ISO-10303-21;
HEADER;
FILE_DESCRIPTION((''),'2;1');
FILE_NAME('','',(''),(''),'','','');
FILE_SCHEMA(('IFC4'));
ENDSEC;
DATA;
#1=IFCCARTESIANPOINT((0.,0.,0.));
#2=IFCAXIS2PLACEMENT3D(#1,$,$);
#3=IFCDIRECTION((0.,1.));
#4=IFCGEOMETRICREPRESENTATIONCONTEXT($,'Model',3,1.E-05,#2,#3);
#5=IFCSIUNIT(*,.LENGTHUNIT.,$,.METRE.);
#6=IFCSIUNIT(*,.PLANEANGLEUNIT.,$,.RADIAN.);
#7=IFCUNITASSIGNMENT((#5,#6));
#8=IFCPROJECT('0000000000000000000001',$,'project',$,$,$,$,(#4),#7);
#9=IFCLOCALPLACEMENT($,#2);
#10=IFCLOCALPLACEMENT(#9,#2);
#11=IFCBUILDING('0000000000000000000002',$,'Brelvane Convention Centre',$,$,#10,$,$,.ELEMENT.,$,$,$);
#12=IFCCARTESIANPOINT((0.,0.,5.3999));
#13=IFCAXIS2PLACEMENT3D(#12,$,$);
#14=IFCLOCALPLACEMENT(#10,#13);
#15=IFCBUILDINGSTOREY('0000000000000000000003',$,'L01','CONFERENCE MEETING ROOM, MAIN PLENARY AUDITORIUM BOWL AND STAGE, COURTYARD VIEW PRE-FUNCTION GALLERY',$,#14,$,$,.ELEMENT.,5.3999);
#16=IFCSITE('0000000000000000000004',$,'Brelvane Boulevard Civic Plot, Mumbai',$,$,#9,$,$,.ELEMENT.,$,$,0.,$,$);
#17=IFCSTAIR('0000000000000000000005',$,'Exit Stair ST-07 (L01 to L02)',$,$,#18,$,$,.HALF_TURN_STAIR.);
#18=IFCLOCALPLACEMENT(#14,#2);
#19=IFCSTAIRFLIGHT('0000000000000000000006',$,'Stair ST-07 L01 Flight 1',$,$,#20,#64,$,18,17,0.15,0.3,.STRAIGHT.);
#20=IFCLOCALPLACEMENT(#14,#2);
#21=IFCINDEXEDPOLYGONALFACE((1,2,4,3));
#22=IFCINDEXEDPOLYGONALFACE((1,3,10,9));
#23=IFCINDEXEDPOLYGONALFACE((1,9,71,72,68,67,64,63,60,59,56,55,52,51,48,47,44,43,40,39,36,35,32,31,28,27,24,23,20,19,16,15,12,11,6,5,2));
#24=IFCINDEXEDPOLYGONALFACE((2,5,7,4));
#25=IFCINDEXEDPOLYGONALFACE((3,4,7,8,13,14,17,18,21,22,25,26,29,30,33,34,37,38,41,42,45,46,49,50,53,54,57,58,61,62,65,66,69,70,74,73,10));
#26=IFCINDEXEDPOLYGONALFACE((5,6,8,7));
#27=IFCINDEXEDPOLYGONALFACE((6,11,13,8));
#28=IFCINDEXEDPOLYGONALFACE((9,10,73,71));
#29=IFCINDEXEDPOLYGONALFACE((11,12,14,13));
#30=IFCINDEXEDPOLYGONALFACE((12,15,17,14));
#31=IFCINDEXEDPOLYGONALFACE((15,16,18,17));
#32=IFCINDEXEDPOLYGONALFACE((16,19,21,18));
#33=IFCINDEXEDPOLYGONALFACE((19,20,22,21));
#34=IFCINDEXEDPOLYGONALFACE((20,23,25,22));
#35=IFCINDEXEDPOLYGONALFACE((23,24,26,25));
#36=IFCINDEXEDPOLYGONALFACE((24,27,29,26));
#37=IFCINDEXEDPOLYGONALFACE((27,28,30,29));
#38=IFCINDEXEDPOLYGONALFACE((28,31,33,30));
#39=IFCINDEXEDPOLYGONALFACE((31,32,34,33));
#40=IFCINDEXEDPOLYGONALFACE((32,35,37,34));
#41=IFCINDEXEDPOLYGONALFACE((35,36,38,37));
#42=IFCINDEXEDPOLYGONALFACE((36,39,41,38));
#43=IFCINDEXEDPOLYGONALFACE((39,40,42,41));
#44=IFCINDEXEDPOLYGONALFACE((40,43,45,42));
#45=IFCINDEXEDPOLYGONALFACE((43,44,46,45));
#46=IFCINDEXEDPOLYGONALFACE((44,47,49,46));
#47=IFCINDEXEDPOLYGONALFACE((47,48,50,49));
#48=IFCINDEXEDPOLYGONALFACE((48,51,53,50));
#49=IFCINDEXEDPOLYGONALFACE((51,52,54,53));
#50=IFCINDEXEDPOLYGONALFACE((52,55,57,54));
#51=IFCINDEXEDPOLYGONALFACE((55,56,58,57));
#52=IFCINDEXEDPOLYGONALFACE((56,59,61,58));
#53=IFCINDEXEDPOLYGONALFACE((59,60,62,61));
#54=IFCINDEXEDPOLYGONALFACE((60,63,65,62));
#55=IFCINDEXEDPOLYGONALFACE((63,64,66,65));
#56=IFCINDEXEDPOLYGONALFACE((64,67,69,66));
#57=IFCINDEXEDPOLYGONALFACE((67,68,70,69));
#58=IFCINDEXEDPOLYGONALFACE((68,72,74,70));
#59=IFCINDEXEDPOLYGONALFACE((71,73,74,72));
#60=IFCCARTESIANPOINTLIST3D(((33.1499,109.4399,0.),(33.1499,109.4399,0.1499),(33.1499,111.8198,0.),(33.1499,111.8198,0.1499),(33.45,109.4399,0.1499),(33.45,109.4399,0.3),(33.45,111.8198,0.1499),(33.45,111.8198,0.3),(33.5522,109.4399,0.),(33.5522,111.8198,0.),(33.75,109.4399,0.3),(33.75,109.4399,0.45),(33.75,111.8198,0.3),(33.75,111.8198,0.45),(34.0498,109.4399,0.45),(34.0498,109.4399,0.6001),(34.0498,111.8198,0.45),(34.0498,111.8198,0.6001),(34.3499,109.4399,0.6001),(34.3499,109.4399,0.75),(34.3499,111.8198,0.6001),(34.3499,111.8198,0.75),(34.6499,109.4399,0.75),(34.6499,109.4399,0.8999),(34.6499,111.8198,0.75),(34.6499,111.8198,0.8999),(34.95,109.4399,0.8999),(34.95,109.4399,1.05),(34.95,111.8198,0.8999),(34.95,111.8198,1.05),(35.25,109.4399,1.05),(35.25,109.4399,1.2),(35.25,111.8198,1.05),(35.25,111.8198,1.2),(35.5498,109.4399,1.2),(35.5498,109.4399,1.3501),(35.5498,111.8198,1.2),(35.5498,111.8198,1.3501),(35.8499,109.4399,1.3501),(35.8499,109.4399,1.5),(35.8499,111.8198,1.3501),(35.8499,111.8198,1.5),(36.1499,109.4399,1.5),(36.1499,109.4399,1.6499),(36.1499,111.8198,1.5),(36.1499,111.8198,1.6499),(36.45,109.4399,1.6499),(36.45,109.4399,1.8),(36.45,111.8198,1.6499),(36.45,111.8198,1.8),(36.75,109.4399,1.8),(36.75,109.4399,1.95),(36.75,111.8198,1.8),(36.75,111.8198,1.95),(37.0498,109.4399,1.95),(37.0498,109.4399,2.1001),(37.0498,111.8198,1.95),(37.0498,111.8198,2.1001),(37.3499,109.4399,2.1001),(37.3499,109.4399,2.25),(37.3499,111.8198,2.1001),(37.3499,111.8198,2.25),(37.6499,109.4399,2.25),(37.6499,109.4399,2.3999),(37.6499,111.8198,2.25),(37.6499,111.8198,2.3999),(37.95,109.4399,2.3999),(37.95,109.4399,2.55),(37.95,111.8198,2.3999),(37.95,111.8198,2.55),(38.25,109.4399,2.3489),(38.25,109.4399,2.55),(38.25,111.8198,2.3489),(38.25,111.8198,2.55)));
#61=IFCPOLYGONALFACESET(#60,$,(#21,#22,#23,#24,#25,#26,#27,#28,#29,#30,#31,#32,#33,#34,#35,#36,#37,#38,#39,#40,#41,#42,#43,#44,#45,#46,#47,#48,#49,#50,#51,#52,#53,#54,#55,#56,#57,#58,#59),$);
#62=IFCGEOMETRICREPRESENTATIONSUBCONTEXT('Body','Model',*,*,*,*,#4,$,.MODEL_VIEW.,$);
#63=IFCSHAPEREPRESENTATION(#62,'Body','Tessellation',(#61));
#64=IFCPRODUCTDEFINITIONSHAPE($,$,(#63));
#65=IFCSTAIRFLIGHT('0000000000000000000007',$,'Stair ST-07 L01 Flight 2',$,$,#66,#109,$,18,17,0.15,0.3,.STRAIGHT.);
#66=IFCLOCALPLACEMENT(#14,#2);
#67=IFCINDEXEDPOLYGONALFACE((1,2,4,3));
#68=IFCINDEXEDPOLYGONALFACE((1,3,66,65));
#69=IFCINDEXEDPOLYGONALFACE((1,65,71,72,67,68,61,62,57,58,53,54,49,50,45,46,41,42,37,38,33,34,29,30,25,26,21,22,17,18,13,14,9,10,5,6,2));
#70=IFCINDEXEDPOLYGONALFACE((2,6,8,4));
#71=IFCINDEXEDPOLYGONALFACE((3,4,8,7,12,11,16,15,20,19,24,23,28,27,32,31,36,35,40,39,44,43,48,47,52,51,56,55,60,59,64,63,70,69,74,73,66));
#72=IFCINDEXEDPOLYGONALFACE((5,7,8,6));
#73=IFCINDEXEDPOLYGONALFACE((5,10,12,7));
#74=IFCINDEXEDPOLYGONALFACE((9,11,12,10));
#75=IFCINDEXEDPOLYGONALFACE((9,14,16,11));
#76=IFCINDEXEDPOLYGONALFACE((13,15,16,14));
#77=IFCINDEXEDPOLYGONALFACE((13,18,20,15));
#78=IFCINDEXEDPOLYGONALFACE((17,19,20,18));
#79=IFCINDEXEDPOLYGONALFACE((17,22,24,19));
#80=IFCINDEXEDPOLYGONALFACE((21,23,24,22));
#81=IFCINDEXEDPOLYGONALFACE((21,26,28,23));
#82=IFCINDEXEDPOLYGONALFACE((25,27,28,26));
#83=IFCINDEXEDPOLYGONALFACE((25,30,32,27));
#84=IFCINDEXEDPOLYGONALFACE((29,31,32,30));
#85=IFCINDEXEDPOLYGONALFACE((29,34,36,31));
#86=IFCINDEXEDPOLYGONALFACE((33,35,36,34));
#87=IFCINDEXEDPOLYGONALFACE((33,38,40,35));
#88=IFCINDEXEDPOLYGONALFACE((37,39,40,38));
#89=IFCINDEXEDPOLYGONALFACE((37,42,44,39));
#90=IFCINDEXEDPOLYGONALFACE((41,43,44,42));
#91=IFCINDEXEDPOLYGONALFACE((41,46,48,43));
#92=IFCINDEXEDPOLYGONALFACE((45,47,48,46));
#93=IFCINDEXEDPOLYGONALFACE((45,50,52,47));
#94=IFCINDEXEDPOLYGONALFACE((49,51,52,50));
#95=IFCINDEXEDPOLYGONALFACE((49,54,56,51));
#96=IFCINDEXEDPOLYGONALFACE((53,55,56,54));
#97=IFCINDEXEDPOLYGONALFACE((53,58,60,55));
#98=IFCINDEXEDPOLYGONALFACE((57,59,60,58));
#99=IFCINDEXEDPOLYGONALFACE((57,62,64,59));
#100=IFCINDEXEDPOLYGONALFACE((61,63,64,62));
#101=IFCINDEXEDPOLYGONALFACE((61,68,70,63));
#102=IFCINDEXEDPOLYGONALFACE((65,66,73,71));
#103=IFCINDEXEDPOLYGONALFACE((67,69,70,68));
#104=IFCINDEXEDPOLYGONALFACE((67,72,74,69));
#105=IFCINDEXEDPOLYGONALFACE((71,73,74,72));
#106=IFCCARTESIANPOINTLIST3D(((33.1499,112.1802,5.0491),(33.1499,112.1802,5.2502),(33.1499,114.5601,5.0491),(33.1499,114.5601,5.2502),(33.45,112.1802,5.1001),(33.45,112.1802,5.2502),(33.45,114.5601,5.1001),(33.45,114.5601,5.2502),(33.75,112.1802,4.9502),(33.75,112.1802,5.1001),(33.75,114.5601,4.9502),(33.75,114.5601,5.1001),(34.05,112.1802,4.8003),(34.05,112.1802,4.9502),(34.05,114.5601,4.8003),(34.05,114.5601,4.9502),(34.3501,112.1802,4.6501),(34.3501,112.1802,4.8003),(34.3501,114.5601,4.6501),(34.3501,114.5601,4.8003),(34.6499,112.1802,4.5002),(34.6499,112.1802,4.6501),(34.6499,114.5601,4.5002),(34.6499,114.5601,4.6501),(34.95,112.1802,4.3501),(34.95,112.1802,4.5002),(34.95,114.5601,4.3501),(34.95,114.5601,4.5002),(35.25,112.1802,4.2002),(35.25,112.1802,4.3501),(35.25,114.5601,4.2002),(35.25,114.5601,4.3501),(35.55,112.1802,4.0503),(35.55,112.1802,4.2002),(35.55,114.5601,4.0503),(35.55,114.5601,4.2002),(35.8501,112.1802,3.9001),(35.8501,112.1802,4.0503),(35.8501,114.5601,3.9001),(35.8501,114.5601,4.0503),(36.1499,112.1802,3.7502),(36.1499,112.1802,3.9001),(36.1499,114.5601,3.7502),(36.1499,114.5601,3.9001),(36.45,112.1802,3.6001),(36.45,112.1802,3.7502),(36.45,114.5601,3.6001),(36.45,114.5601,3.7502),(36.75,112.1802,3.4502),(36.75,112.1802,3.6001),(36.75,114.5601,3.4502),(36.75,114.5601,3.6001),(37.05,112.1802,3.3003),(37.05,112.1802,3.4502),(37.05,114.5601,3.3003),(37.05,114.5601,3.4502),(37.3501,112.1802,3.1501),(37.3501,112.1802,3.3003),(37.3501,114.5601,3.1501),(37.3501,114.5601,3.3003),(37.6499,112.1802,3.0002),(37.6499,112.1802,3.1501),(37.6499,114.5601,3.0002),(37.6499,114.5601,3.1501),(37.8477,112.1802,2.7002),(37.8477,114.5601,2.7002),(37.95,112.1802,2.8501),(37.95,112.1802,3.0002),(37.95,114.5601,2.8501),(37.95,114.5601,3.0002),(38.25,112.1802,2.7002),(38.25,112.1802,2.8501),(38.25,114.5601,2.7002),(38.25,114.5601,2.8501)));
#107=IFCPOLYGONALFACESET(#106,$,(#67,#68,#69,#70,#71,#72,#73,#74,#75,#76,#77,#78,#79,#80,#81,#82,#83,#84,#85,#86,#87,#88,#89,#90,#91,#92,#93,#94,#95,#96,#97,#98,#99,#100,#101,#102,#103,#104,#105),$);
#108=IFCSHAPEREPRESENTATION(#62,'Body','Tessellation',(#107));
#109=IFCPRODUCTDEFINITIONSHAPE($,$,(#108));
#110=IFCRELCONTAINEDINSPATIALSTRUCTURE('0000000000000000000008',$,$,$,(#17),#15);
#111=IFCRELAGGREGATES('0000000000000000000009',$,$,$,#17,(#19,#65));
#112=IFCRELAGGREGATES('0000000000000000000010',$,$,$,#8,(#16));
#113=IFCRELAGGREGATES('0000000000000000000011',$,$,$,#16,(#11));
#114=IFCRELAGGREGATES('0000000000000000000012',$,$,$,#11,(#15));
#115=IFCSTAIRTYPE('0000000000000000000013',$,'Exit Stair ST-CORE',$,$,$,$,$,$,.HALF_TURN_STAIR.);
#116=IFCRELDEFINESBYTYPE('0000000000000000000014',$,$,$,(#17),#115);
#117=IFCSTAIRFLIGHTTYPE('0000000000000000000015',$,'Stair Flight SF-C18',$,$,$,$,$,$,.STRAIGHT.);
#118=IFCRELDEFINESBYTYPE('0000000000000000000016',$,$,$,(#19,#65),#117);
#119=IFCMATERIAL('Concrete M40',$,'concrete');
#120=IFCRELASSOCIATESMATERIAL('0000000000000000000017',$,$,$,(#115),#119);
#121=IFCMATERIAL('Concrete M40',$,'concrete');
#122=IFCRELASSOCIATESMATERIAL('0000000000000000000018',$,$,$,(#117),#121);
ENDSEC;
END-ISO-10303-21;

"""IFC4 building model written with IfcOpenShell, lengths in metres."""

from ifc_helpers import new_model, si_unit, direction, frame, origin, place, context, subcontext, project, spatial, polyline, outline, extrude, material, type_object, element, aggregate, save


model = new_model("IFC4")

# Units and contexts
model_context = context("Model", 3, precision=1e-05, world=origin(), true_north=direction((0.0, 1.0)))
body_context = subcontext(model_context, "Body", "Model", "MODEL_VIEW")
ifc_project = project(units=[si_unit("LENGTHUNIT", "METRE"), si_unit("PLANEANGLEUNIT", "RADIAN")], contexts=[model_context])

# Site, building, storey
site_placement = place(None, origin())
site = spatial("IfcSite", under=ifc_project, at=site_placement, Name="Brelvane Boulevard Civic Plot, Mumbai", CompositionType="ELEMENT", RefElevation=0.0)
building_placement = place(site_placement, origin())
building = spatial("IfcBuilding", under=site, at=building_placement, Name="Brelvane Convention Centre", CompositionType="ELEMENT")
storey_placement = place(building_placement, frame((0.0, 0.0, 5.3999)))
storey = spatial("IfcBuildingStorey", under=building, at=storey_placement, Name="L01", Description="CONFERENCE MEETING ROOM, MAIN PLENARY AUDITORIUM BOWL AND STAGE, COURTYARD VIEW PRE-FUNCTION GALLERY", CompositionType="ELEMENT", Elevation=5.3999)

# Stair, stair flights
ifc_material_1 = material(Name="Concrete M40", Category="concrete")
stair_type = type_object("IfcStairType", Name="Exit Stair ST-CORE", PredefinedType="HALF_TURN_STAIR", material=ifc_material_1)
stair_placement = place(storey_placement, origin())
stair = element("IfcStair", 1, at=stair_placement, inside=storey, type_object=stair_type, Name="Exit Stair ST-07 (L01 to L02)", PredefinedType="HALF_TURN_STAIR")
ifc_material_2 = material(Name="Concrete M40", Category="concrete")
stair_flight_type = type_object("IfcStairFlightType", Name="Stair Flight SF-C18", PredefinedType="STRAIGHT", material=ifc_material_2)
stair_flight_1_placement = place(storey_placement, frame((33.1499, 110.6299, 0.0), z_axis=(0.0, 0.0, 1.0), x_axis=(1.0, 0.0, 0.0)))
stair_flight_1 = element("IfcStairFlight", 2, at=stair_flight_1_placement, type_object=stair_flight_type, Name="Stair ST-07 L01 Flight 1", NumberOfRisers=18, NumberOfTreads=17, PredefinedType="STRAIGHT", RiserHeight=0.15, TreadLength=0.3, context=body_context, shape_type="SweptSolid", body=[
    extrude(outline(polyline([(0.0, 0.0), (0.0, 0.1499), (0.3, 0.1499), (0.3, 0.3), (0.6001, 0.3), (0.6001, 0.45), (0.8999, 0.45), (0.8999, 0.6001), (1.2, 0.6001), (1.2, 0.75), (1.5, 0.75), (1.5, 0.8999), (1.8, 0.8999), (1.8, 1.05), (2.1001, 1.05), (2.1001, 1.2), (2.3999, 1.2), (2.3999, 1.3501), (2.7, 1.3501), (2.7, 1.5), (3.0, 1.5), (3.0, 1.6499), (3.3, 1.6499), (3.3, 1.8), (3.6001, 1.8), (3.6001, 1.95), (3.8999, 1.95), (3.8999, 2.1001), (4.2, 2.1001), (4.2, 2.25), (4.5, 2.25), (4.5, 2.3999), (4.8, 2.3999), (4.8, 2.55), (5.1001, 2.55), (5.1001, 2.7), (5.1001, 2.3489), (0.4023, 0.0), (0.0, 0.0)])), frame((0.0, 1.1899, 0.0), z_axis=(0.0, -1.0, 0.0), x_axis=(1.0, 0.0, 0.0)), (0.0, 0.0, 1.0), 2.3799),
])
stair_flight_2_placement = place(storey_placement, frame((38.25, 113.3701, 2.7002), z_axis=(0.0, 0.0, 1.0), x_axis=(-1.0, 0.0, 0.0)))
stair_flight_2 = element("IfcStairFlight", 3, at=stair_flight_2_placement, type_object=stair_flight_type, Name="Stair ST-07 L01 Flight 2", NumberOfRisers=18, NumberOfTreads=17, PredefinedType="STRAIGHT", RiserHeight=0.15, TreadLength=0.3, context=body_context, shape_type="SweptSolid", body=[
    extrude(outline(polyline([(0.0, 0.0), (0.0, 0.1499), (0.3, 0.1499), (0.3, 0.3), (0.6001, 0.3), (0.6001, 0.45), (0.8999, 0.45), (0.8999, 0.6001), (1.2, 0.6001), (1.2, 0.75), (1.5, 0.75), (1.5, 0.8999), (1.8, 0.8999), (1.8, 1.05), (2.1001, 1.05), (2.1001, 1.2), (2.3999, 1.2), (2.3999, 1.3501), (2.7, 1.3501), (2.7, 1.5), (3.0, 1.5), (3.0, 1.6499), (3.3, 1.6499), (3.3, 1.8), (3.6001, 1.8), (3.6001, 1.95), (3.8999, 1.95), (3.8999, 2.1001), (4.2, 2.1001), (4.2, 2.25), (4.5, 2.25), (4.5, 2.3999), (4.8, 2.3999), (4.8, 2.55), (5.1001, 2.55), (5.1001, 2.7), (5.1001, 2.3489), (0.4023, 0.0), (0.0, 0.0)])), frame((0.0, 1.1899, 0.0), z_axis=(0.0, -1.0, 0.0), x_axis=(1.0, 0.0, 0.0)), (0.0, 0.0, 1.0), 2.3799),
])
aggregate(stair, [stair_flight_1, stair_flight_2])

save(model, "model.ifc")
